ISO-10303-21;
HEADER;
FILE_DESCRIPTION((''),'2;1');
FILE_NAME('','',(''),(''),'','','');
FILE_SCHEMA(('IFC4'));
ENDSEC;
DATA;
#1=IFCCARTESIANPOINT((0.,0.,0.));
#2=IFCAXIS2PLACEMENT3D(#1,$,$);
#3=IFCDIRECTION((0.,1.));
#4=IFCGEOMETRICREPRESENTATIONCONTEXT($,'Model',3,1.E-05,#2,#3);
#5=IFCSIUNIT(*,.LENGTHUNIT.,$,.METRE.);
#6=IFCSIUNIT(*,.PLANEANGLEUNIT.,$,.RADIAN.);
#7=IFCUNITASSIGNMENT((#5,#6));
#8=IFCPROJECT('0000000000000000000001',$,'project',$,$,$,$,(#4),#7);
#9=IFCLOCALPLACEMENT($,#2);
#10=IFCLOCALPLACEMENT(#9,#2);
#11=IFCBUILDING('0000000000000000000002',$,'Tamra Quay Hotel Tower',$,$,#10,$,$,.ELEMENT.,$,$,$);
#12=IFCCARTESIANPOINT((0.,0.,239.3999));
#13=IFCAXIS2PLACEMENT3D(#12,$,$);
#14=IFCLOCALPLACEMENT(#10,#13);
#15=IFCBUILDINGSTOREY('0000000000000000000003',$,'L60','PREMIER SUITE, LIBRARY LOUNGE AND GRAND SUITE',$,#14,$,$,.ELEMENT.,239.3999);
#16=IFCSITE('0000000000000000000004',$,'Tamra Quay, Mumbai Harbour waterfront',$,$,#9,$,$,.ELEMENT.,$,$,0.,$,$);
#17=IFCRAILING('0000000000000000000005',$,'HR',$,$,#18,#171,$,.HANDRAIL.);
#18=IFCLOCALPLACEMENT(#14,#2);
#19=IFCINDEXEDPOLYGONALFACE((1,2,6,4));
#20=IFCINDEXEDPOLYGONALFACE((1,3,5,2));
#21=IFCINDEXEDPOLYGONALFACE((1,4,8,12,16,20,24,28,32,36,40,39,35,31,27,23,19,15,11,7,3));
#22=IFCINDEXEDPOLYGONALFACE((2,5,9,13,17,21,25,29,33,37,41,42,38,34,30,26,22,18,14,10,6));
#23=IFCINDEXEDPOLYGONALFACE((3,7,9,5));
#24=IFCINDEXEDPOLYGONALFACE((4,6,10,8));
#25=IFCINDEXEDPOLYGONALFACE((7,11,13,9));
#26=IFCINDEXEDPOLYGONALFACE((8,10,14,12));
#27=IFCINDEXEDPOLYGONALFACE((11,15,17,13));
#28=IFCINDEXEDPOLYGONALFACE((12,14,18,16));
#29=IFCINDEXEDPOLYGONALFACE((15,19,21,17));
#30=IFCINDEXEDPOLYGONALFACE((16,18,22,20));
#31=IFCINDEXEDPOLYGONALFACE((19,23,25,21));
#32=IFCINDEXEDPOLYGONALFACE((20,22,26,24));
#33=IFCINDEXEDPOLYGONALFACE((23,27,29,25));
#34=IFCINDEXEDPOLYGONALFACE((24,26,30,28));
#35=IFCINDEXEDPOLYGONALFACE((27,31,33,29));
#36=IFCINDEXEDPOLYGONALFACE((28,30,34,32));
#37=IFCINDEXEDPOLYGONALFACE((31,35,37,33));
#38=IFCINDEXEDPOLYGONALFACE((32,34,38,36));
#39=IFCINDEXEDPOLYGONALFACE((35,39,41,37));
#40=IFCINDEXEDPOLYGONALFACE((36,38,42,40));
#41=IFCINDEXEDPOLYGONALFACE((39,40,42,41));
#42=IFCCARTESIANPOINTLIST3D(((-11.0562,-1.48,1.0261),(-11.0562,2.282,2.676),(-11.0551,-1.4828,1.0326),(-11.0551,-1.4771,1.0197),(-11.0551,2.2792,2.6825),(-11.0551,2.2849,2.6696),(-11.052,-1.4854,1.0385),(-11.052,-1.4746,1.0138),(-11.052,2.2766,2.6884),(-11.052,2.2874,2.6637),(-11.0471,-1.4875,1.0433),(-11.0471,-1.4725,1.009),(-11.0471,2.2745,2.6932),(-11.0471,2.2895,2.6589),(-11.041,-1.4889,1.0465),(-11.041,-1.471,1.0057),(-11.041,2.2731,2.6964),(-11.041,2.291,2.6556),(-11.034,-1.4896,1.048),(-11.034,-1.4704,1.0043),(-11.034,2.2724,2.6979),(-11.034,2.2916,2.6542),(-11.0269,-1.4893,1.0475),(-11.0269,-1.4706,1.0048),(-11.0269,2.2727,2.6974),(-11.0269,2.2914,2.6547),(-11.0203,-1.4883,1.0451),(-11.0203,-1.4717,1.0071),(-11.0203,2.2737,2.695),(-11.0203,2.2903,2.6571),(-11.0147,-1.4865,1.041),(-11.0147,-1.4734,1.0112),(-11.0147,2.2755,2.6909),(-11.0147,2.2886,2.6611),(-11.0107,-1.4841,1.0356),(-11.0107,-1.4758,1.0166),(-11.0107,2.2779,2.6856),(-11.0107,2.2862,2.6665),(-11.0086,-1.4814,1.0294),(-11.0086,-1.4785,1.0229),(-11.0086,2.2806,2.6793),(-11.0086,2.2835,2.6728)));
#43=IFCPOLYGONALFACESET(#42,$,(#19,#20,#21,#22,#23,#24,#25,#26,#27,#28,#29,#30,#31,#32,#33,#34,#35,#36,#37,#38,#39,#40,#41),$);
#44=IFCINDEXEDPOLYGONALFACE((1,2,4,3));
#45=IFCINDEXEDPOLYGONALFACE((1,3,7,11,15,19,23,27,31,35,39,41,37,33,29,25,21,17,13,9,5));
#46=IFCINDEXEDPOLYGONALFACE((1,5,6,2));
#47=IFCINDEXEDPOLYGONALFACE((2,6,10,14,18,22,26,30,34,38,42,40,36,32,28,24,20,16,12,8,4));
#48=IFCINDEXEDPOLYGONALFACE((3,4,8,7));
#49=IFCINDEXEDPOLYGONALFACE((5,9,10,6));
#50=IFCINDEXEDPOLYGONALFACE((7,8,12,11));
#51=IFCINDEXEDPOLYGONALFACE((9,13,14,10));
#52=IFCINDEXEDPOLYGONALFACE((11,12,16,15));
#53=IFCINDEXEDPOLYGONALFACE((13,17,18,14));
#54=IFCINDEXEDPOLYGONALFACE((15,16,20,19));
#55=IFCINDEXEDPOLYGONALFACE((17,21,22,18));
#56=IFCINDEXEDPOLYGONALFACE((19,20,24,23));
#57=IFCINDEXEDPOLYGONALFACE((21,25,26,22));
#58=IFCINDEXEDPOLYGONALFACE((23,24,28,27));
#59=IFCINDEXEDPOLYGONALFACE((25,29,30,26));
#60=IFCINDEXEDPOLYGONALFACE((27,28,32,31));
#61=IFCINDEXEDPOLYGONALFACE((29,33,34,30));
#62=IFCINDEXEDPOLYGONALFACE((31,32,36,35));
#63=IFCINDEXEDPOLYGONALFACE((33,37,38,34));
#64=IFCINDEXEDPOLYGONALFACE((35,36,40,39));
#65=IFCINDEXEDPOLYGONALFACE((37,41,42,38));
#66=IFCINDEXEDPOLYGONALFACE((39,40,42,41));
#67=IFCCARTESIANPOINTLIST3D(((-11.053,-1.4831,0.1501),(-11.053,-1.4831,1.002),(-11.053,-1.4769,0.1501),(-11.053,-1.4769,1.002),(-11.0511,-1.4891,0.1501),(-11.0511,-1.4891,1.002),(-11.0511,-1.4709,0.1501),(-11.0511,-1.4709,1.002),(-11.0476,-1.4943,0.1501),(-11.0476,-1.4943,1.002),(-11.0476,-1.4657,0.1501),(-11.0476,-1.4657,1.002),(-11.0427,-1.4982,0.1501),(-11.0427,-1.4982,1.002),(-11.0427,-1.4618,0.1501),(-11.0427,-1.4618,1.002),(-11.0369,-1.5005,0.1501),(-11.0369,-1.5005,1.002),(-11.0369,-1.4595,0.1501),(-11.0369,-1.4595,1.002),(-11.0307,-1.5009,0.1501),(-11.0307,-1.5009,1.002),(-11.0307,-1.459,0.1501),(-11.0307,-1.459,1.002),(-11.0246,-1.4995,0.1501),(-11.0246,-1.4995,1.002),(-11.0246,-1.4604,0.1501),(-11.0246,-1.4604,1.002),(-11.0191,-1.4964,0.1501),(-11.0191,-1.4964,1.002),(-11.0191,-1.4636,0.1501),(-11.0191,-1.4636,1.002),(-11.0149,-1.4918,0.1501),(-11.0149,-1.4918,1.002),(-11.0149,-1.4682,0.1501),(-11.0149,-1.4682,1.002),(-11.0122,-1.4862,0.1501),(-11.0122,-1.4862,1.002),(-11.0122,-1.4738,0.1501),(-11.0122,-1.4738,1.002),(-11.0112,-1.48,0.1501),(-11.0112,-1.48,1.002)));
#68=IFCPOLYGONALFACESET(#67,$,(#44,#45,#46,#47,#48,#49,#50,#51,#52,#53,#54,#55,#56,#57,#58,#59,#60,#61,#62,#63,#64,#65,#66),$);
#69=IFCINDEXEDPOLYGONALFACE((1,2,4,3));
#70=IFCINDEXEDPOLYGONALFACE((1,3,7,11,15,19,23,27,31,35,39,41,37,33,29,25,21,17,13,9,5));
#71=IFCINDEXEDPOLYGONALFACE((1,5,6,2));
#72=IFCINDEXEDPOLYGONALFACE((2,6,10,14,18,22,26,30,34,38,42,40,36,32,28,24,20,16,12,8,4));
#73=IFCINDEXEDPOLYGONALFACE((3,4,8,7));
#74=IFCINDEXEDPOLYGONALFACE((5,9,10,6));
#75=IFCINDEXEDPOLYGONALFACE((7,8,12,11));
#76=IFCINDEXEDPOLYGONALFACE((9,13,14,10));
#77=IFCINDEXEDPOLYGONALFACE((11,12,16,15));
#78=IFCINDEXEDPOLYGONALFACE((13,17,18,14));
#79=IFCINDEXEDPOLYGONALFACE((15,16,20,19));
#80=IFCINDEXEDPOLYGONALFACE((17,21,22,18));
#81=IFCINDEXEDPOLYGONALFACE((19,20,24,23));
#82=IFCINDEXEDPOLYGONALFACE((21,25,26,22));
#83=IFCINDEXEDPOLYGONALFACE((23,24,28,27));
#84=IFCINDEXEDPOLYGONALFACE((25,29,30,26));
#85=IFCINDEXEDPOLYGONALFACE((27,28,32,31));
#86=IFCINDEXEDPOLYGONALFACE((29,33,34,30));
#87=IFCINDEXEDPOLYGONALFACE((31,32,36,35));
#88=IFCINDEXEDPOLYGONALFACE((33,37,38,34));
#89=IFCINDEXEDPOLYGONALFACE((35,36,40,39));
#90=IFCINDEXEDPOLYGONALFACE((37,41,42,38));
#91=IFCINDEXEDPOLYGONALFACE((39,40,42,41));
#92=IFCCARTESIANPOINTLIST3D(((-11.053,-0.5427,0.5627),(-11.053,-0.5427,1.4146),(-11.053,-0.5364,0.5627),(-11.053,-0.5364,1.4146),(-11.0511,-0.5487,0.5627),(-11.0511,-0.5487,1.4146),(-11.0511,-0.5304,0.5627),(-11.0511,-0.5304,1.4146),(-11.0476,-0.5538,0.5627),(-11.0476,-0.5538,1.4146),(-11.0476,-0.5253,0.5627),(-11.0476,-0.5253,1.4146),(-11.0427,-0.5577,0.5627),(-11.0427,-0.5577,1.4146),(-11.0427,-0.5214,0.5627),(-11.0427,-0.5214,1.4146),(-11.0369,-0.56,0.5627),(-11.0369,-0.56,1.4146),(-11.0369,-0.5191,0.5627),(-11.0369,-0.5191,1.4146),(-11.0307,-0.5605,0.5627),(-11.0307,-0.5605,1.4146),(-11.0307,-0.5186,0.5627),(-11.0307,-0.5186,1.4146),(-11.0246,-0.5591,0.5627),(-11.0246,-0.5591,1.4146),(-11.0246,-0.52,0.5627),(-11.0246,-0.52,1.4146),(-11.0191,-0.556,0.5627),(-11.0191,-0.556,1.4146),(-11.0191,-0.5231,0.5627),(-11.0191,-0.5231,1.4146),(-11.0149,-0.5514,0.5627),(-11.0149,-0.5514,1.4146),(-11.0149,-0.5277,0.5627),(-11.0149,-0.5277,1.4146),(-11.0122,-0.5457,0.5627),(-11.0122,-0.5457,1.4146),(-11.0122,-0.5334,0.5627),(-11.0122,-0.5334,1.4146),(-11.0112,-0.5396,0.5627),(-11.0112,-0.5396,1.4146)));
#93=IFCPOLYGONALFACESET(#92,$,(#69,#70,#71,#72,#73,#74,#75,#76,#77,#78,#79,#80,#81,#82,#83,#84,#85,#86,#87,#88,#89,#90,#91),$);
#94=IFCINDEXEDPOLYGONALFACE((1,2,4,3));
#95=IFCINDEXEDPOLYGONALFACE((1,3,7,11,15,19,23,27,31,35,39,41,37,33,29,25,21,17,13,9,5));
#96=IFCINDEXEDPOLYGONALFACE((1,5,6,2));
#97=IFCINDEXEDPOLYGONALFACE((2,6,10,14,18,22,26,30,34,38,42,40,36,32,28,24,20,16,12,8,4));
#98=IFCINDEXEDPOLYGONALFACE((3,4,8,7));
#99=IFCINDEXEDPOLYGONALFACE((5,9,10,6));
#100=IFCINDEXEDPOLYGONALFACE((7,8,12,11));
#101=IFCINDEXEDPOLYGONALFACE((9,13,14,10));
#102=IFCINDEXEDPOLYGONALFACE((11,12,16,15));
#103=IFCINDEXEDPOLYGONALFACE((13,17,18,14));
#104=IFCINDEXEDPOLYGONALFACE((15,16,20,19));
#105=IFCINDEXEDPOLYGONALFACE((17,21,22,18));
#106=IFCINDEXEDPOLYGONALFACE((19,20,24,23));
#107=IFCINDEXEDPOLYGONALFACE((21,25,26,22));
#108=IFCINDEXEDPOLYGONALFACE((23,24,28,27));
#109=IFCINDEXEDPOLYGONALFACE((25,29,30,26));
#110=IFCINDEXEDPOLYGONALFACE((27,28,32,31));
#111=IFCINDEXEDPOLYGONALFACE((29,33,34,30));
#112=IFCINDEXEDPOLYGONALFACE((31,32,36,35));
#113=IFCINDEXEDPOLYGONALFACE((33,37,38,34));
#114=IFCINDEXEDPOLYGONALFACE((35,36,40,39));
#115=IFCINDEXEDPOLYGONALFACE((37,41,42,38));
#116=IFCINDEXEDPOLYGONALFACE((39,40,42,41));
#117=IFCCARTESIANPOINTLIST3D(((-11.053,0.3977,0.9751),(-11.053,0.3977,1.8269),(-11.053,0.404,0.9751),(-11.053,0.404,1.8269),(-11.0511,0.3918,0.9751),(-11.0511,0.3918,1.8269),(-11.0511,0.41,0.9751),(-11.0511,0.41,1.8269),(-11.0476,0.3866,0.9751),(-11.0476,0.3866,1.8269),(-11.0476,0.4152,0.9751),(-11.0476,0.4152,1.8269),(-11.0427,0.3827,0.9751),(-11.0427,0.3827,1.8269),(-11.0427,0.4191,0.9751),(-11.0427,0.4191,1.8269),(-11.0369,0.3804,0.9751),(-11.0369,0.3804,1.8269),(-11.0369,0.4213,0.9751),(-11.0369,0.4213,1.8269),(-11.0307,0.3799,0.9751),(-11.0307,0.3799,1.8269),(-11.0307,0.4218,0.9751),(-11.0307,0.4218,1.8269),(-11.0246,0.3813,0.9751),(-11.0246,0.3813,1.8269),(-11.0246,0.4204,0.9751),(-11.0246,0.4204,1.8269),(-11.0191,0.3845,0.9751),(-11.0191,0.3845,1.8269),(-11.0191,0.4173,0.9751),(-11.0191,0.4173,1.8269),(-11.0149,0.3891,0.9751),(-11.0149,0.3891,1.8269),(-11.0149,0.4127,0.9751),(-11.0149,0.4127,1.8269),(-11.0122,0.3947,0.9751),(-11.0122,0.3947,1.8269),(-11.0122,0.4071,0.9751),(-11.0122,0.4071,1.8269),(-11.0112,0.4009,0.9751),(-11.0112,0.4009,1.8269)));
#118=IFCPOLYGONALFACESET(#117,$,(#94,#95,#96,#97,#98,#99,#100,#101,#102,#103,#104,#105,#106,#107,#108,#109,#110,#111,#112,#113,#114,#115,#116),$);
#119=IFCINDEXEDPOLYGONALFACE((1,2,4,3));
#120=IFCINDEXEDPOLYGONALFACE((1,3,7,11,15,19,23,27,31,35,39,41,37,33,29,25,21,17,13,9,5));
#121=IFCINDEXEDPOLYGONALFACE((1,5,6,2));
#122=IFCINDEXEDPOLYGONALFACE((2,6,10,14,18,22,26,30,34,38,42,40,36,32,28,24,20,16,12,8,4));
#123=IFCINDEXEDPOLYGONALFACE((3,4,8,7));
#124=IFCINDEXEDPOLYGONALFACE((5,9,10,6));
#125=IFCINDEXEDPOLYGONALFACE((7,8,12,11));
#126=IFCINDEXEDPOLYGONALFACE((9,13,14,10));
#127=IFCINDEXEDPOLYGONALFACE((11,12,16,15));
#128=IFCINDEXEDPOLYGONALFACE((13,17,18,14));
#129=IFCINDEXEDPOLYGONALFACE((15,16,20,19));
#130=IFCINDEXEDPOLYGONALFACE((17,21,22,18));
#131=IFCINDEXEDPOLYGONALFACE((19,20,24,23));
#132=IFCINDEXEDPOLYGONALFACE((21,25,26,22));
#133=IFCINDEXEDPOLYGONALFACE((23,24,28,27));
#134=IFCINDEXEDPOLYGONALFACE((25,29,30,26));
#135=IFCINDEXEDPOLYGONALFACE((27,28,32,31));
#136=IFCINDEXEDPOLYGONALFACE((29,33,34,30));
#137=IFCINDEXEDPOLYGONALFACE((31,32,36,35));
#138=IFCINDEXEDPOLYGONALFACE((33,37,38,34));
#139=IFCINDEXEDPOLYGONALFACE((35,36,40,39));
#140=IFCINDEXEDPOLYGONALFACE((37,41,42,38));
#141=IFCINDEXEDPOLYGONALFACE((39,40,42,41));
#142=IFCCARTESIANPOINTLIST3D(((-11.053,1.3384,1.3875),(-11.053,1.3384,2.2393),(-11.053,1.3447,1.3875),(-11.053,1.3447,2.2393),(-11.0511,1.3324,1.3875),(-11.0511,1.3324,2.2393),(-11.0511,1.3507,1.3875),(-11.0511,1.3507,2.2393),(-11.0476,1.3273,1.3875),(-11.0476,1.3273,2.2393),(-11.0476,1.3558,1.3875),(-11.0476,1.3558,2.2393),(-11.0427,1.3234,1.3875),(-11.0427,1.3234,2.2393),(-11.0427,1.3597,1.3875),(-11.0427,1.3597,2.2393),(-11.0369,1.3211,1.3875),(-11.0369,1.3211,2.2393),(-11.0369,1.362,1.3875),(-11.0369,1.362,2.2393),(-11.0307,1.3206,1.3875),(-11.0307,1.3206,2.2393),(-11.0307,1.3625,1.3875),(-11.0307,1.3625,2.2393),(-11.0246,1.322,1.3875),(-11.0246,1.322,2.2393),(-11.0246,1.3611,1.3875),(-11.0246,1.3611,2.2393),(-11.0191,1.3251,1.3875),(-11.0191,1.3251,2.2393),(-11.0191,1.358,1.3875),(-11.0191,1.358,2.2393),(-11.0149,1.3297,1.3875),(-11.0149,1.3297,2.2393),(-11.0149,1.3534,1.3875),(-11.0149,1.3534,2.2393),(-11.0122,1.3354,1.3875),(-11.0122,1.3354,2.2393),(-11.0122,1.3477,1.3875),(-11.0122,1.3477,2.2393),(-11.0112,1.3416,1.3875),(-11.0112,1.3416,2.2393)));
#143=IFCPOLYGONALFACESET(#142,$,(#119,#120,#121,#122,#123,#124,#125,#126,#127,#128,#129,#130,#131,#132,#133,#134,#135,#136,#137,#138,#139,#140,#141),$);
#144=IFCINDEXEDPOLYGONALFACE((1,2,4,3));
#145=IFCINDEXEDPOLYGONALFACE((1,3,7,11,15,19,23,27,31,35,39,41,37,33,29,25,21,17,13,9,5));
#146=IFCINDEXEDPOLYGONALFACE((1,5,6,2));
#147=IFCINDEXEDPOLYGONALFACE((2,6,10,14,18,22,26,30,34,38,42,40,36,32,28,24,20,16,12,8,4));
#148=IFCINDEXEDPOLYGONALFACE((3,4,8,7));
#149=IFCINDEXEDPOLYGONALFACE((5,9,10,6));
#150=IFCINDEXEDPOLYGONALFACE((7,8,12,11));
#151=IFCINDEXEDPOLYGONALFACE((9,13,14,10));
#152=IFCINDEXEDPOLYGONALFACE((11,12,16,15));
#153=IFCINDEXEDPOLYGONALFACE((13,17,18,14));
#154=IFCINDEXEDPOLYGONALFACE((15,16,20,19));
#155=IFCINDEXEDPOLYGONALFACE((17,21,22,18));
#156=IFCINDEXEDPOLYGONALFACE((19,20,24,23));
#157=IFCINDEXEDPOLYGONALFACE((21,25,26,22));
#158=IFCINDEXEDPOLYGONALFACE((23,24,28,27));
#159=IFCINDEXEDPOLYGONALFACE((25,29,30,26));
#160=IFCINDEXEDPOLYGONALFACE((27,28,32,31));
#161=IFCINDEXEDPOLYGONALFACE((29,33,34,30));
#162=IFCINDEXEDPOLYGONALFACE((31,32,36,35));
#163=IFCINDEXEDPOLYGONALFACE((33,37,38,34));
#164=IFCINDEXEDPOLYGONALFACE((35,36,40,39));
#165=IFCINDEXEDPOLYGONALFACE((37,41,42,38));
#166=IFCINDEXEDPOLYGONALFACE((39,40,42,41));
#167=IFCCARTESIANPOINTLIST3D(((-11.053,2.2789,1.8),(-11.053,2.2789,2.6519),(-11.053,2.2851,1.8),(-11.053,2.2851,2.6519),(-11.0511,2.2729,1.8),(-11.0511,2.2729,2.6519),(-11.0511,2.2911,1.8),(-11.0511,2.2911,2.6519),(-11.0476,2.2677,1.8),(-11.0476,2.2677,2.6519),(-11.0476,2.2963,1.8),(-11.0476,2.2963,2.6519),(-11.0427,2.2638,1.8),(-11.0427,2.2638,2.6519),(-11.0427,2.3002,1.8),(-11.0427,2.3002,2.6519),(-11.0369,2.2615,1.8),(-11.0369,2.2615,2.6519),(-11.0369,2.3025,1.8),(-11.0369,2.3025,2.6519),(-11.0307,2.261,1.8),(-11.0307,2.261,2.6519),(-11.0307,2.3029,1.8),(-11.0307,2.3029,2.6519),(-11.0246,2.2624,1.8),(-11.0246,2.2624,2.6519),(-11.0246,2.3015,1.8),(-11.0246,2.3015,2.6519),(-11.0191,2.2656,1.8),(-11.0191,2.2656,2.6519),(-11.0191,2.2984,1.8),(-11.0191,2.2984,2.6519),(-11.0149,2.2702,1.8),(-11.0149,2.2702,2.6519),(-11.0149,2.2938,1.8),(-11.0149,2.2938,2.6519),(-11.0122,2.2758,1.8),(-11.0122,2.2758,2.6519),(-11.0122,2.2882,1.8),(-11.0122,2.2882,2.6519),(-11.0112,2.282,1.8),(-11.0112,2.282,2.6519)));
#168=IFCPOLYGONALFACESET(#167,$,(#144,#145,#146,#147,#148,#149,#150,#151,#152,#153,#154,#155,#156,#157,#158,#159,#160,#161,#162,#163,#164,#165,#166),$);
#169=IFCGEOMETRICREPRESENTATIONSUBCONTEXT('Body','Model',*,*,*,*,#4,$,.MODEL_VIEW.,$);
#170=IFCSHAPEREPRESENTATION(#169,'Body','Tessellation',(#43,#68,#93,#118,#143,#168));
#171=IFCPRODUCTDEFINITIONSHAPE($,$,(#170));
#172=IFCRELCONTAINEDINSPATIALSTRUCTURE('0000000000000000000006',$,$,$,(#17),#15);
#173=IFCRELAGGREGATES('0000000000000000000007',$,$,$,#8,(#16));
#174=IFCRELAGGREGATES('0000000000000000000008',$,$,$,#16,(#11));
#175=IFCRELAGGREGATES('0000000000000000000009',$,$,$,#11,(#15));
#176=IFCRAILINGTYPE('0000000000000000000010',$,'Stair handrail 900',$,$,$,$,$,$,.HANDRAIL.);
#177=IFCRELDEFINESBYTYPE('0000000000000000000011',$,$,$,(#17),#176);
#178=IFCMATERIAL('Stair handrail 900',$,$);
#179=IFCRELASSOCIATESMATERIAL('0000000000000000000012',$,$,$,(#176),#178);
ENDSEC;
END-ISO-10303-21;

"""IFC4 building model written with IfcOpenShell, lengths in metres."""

from ifc_helpers import new_model, si_unit, direction, frame, origin, origin_2d, place, context, subcontext, project, spatial, circle, extrude, material, type_object, element, save


model = new_model("IFC4")

# Units and contexts
model_context = context("Model", 3, precision=1e-05, world=origin(), true_north=direction((0.0, 1.0)))
body_context = subcontext(model_context, "Body", "Model", "MODEL_VIEW")
ifc_project = project(units=[si_unit("LENGTHUNIT", "METRE"), si_unit("PLANEANGLEUNIT", "RADIAN")], contexts=[model_context])

# Site, building, storey
site_placement = place(None, origin())
site = spatial("IfcSite", under=ifc_project, at=site_placement, Name="Tamra Quay, Mumbai Harbour waterfront", CompositionType="ELEMENT", RefElevation=0.0)
building_placement = place(site_placement, origin())
building = spatial("IfcBuilding", under=site, at=building_placement, Name="Tamra Quay Hotel Tower", CompositionType="ELEMENT")
storey_placement = place(building_placement, frame((0.0, 0.0, 239.3999)))
storey = spatial("IfcBuildingStorey", under=building, at=storey_placement, Name="L60", Description="PREMIER SUITE, LIBRARY LOUNGE AND GRAND SUITE", CompositionType="ELEMENT", Elevation=239.3999)

# Railing
ifc_material_1 = material(Name="Stair handrail 900")
railing_type = type_object("IfcRailingType", Name="Stair handrail 900", PredefinedType="HANDRAIL", material=ifc_material_1)
railing_placement = place(storey_placement, frame((-11.0322, -1.48, 0.1501)))
element("IfcRailing", 1, at=railing_placement, inside=storey, type_object=railing_type, Name="HR", PredefinedType="HANDRAIL", context=body_context, shape_type="SweptSolid", body=[
    extrude(circle(Radius=0.0239, at=origin_2d()), frame((0.0, 0.0, 0.876), z_axis=(0.0, 0.915795, 0.401645), x_axis=(-1.0, 0.0, 0.0)), (0.0, 0.0, 1.0), 4.1079),
    extrude(circle(Radius=0.021, at=origin_2d()), origin(), (0.0, 0.0, 1.0), 0.8518),
    extrude(circle(Radius=0.021, at=origin_2d()), frame((0.0, 0.9404, 0.4126)), (0.0, 0.0, 1.0), 0.8518),
    extrude(circle(Radius=0.021, at=origin_2d()), frame((0.0, 1.8809, 0.825)), (0.0, 0.0, 1.0), 0.8518),
    extrude(circle(Radius=0.021, at=origin_2d()), frame((0.0, 2.8215, 1.2373)), (0.0, 0.0, 1.0), 0.8518),
    extrude(circle(Radius=0.021, at=origin_2d()), frame((0.0, 3.762, 1.6499)), (0.0, 0.0, 1.0), 0.8518),
])

save(model, "model.ifc")
